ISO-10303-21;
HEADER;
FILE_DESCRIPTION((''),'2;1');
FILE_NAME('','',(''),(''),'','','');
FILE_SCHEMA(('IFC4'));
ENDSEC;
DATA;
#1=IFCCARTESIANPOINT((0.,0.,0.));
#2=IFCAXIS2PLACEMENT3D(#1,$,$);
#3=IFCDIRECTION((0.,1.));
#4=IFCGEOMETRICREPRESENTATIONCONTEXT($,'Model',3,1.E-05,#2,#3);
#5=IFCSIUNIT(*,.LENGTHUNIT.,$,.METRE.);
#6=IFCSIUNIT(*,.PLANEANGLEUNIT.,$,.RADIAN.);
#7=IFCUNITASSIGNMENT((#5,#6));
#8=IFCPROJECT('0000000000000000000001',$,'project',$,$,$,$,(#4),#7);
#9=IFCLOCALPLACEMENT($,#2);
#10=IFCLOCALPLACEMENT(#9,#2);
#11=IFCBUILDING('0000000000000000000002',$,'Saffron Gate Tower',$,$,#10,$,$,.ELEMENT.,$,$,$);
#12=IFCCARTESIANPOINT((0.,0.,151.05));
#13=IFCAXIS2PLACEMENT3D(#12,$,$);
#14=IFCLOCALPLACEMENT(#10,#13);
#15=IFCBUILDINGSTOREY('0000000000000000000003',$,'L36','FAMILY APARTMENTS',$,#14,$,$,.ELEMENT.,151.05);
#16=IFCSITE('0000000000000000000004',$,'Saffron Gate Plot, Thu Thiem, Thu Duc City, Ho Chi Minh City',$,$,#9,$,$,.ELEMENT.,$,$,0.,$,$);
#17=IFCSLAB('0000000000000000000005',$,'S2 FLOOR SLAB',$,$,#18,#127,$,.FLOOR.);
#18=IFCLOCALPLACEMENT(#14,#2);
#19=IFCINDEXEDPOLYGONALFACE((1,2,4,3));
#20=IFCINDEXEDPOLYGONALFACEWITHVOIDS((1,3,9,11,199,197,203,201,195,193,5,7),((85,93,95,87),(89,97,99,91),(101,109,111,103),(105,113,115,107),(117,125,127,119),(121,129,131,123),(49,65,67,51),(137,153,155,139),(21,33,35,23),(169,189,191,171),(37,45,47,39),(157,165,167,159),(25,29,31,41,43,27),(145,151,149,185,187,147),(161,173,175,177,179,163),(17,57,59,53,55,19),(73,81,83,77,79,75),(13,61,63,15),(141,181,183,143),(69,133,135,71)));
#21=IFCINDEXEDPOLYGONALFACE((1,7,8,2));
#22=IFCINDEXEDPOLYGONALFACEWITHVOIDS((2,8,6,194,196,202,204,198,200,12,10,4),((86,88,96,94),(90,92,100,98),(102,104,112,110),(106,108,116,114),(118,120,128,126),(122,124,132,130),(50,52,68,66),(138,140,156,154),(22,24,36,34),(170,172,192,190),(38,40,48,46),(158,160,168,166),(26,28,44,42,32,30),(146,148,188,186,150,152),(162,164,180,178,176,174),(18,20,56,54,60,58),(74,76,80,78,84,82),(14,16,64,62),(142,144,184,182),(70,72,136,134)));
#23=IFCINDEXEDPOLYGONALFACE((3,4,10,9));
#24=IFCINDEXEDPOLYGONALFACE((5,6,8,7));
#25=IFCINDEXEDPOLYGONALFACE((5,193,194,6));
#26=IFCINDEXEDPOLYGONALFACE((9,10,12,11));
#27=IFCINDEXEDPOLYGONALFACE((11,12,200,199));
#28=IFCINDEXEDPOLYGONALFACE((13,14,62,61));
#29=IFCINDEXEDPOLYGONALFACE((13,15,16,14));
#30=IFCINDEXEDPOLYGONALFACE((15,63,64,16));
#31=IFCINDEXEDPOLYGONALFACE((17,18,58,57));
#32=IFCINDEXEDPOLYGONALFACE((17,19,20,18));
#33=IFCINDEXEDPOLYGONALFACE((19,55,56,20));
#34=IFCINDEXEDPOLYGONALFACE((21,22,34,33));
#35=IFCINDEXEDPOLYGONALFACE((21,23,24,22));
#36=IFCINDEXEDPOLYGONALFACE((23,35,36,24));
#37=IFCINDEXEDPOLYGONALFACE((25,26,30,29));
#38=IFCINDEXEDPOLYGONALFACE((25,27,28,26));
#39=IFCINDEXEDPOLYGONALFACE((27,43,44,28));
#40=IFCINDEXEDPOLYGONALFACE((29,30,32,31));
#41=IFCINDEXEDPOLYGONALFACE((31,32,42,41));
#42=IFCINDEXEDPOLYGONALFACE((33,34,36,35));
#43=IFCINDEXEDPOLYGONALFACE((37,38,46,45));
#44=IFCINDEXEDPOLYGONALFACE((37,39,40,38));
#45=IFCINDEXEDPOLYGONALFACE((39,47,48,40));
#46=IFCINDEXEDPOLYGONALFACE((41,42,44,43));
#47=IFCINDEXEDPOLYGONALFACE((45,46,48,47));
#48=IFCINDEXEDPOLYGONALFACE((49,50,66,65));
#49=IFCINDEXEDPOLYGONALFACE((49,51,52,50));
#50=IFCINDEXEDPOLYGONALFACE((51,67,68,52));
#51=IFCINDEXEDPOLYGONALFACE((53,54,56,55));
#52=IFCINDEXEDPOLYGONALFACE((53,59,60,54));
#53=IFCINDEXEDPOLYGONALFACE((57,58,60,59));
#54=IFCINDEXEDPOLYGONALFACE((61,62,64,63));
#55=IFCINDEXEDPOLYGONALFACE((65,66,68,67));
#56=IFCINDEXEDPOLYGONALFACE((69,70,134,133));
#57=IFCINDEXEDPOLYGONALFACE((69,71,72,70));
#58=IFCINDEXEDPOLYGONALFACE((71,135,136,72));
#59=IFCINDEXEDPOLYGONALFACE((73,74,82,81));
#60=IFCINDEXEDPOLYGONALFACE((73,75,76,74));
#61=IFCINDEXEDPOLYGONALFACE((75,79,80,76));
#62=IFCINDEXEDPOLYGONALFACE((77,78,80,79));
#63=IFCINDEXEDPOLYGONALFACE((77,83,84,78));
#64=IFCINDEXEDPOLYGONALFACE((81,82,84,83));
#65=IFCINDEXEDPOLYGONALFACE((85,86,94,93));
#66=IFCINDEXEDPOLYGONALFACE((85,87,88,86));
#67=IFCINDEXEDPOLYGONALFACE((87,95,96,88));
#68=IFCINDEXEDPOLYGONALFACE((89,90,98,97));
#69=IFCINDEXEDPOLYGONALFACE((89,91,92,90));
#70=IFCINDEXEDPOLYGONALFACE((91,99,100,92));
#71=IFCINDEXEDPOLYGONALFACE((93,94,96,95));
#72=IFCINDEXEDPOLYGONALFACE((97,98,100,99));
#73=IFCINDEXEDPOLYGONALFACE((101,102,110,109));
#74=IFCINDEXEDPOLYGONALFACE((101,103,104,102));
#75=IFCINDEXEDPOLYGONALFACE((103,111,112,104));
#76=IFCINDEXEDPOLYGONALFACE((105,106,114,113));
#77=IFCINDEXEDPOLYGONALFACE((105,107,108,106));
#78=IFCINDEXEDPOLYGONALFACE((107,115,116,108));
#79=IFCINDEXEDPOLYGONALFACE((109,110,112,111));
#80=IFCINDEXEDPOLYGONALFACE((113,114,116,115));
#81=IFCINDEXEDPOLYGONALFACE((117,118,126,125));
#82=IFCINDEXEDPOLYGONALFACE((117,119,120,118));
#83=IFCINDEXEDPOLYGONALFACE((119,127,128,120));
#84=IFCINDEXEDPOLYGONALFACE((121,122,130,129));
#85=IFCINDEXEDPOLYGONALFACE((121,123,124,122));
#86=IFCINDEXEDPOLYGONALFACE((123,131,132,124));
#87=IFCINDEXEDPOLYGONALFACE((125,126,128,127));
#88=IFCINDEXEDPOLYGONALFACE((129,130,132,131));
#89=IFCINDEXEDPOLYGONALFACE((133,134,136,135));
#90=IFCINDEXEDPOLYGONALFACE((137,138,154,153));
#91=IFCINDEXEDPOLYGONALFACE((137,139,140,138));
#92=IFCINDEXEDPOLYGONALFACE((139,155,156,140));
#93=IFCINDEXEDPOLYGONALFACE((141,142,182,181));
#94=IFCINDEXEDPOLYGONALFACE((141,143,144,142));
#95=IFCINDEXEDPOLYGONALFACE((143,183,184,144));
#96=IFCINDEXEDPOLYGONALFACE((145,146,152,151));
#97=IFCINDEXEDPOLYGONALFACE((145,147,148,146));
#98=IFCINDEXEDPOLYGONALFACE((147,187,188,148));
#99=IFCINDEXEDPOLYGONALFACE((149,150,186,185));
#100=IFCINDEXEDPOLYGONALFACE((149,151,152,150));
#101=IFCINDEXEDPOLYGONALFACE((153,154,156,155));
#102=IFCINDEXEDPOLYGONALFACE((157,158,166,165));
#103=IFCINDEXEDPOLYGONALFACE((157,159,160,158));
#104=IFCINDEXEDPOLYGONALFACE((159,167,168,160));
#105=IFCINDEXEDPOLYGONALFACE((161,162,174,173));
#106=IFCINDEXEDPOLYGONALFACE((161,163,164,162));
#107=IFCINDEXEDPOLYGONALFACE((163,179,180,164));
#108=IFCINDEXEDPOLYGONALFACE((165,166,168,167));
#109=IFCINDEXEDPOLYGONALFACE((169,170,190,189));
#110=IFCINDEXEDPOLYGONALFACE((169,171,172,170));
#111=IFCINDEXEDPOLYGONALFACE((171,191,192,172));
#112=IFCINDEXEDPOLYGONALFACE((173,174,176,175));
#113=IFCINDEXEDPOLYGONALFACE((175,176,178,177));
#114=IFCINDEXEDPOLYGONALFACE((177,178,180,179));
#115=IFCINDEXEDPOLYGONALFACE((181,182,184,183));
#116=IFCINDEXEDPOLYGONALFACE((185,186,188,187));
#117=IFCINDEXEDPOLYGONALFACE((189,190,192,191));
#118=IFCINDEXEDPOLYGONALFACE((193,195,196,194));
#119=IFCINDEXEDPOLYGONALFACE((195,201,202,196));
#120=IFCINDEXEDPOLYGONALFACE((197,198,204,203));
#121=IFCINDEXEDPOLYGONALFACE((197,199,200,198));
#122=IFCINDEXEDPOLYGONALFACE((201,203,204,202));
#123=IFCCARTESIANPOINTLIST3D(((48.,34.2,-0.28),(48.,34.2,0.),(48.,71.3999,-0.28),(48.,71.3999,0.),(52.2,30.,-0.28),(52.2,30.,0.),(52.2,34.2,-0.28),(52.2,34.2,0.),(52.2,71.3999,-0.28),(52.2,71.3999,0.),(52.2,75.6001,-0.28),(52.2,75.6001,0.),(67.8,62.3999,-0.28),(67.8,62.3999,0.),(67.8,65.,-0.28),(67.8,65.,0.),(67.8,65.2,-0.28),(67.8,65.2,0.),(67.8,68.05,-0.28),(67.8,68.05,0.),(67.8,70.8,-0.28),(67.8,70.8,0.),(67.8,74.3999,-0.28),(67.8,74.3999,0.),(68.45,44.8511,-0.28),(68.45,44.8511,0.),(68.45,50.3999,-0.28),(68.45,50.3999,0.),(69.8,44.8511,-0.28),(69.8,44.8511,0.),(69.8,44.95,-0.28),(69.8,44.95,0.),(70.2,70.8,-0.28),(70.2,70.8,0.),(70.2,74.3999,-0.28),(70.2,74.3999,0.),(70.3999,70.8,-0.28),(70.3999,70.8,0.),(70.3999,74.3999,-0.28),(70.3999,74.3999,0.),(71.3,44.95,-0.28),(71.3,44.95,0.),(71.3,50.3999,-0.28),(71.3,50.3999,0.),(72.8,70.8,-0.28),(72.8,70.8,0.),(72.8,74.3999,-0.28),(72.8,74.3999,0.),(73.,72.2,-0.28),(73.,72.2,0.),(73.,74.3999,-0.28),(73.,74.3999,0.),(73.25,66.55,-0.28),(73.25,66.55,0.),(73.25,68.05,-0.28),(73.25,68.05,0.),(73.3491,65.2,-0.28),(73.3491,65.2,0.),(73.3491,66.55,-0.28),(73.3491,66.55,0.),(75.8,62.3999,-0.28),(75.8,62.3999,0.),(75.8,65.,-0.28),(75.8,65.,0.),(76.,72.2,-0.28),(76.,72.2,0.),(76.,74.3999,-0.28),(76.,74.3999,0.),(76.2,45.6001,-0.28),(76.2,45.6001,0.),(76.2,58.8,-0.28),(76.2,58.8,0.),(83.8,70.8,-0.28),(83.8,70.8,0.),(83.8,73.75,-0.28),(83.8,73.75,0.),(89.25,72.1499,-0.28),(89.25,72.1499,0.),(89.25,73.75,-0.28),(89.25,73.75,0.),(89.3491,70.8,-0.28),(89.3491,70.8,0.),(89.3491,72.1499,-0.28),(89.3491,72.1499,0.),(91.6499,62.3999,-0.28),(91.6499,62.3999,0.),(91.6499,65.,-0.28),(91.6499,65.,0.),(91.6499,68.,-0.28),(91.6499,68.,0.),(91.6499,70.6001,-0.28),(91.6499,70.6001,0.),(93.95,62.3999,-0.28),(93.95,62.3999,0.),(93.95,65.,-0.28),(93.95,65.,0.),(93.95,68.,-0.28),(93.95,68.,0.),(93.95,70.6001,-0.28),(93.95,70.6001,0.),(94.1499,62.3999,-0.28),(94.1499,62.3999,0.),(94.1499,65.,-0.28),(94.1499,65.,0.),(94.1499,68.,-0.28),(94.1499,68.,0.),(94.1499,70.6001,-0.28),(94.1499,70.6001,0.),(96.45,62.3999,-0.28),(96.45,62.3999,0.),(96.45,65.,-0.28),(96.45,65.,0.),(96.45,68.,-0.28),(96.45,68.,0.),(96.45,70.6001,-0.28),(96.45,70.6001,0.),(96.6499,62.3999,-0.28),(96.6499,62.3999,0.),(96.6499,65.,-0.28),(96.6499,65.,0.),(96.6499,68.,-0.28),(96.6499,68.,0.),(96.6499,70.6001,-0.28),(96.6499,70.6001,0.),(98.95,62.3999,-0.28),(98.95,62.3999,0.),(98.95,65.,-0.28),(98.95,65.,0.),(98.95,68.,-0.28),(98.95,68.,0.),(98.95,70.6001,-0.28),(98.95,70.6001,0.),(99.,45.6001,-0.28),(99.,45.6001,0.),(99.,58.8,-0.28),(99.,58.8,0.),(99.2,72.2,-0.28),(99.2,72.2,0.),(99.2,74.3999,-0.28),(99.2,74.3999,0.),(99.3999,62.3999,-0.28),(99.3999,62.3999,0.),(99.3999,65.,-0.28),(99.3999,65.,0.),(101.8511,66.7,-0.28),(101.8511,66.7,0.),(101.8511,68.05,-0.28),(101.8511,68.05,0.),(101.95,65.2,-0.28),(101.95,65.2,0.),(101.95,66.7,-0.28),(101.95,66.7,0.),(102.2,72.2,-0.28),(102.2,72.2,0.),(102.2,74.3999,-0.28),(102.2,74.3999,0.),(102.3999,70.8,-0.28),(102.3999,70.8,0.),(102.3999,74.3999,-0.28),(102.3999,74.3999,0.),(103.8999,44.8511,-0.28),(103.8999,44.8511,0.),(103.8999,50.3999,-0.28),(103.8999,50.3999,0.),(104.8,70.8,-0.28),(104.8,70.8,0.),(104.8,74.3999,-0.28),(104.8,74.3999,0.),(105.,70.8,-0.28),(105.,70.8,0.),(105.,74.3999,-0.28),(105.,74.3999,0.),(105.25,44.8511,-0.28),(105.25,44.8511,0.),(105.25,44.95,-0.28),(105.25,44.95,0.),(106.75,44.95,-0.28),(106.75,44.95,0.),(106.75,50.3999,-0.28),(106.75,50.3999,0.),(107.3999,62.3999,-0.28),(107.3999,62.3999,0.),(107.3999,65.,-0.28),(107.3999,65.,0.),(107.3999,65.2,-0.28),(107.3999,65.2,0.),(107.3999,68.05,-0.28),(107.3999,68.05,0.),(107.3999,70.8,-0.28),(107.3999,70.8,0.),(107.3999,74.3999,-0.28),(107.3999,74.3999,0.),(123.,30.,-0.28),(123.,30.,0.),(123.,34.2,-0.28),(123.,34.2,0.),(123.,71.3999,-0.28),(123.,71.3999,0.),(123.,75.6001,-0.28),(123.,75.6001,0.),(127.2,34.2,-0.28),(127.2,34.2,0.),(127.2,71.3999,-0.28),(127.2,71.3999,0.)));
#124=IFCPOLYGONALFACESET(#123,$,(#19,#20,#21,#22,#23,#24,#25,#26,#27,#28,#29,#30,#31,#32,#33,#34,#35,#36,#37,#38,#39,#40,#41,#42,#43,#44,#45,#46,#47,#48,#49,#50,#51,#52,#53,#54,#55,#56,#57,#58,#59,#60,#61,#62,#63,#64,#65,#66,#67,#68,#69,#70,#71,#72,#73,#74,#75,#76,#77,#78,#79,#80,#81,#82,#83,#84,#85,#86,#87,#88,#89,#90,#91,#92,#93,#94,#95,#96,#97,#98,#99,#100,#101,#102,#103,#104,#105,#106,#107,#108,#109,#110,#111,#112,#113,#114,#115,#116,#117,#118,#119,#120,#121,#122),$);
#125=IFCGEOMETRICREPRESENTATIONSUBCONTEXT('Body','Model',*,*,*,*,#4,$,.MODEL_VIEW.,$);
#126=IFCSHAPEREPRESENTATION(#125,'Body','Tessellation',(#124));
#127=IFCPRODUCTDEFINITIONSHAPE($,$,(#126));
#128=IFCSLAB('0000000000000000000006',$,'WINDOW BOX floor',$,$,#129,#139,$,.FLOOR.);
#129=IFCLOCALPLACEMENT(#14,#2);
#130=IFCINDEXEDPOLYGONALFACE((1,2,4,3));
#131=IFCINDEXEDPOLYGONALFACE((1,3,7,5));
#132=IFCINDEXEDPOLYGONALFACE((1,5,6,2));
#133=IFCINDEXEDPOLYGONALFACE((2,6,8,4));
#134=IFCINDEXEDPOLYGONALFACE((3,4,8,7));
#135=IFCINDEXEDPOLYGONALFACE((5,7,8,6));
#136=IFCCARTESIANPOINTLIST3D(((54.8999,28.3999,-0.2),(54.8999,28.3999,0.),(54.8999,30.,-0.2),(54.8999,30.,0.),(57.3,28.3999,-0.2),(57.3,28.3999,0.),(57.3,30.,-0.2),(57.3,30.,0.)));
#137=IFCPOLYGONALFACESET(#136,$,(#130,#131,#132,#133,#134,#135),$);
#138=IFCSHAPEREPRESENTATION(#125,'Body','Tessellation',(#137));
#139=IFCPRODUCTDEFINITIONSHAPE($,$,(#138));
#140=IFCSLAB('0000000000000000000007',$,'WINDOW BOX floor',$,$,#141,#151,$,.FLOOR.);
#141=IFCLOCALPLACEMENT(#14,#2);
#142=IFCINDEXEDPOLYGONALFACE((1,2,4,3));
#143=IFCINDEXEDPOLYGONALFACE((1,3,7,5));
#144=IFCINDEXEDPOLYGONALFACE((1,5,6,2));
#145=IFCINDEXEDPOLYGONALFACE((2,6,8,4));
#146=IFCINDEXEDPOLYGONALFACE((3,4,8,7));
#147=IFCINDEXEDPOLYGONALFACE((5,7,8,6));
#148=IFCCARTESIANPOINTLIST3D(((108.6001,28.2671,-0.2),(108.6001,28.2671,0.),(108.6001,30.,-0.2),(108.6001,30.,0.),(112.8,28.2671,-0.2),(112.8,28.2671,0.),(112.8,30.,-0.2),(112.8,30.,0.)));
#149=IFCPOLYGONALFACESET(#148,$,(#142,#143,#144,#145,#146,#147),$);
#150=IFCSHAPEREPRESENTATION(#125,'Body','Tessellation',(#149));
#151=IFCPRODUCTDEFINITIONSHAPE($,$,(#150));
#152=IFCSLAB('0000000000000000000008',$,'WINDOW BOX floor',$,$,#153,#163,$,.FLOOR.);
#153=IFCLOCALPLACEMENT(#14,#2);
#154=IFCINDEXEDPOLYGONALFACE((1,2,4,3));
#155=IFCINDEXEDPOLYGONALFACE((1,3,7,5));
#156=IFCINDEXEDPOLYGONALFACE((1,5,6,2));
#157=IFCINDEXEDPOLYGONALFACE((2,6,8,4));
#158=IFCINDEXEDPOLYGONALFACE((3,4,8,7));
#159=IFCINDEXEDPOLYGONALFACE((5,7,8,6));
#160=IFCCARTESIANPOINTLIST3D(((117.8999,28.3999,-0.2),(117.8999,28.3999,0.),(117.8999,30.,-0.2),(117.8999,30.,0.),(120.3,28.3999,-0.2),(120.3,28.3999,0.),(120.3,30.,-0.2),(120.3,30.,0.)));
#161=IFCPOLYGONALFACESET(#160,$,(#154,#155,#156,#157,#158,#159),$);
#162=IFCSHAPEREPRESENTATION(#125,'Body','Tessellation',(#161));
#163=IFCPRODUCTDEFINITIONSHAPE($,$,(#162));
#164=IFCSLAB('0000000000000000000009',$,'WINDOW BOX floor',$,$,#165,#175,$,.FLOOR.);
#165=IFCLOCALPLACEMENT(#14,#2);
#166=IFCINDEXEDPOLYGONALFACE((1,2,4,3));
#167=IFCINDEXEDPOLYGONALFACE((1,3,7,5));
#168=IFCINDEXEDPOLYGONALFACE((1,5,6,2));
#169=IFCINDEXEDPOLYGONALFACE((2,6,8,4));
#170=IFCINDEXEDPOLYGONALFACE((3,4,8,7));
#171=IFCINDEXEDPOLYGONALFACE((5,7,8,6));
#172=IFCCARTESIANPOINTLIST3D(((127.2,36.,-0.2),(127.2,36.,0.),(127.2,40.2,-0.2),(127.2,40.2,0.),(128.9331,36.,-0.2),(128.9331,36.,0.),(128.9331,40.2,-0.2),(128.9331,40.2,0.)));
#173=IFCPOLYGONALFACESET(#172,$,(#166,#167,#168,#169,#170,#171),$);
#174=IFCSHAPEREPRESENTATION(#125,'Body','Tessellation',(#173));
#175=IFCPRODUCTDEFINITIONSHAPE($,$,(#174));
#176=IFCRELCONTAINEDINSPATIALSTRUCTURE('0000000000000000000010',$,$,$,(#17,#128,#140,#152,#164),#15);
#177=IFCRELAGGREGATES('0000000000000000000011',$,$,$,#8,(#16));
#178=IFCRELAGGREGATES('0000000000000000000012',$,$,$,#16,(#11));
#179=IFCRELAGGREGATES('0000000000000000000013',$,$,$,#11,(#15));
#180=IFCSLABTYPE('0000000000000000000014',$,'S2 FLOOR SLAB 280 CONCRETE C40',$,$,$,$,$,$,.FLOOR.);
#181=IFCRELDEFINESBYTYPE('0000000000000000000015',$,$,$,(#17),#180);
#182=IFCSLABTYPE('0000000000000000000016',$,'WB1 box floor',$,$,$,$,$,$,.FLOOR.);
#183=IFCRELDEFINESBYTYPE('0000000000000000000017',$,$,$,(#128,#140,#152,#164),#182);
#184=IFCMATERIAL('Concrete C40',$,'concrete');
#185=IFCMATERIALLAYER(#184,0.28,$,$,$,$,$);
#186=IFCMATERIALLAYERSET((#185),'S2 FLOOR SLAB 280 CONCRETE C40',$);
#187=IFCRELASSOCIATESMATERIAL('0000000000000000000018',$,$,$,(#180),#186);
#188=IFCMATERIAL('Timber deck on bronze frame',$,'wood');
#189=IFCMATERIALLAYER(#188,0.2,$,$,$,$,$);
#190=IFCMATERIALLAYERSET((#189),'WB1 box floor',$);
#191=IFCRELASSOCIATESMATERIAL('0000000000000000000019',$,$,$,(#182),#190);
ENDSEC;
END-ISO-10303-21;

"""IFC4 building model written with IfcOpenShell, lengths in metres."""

from ifc_helpers import new_model, si_unit, direction, frame, origin, place, context, subcontext, project, spatial, polyline, outline, extrude, material, layer, layer_set, type_object, element, save


model = new_model("IFC4")

# Units and contexts
model_context = context("Model", 3, precision=1e-05, world=origin(), true_north=direction((0.0, 1.0)))
body_context = subcontext(model_context, "Body", "Model", "MODEL_VIEW")
ifc_project = project(units=[si_unit("LENGTHUNIT", "METRE"), si_unit("PLANEANGLEUNIT", "RADIAN")], contexts=[model_context])

# Site, building, storey
site_placement = place(None, origin())
site = spatial("IfcSite", under=ifc_project, at=site_placement, Name="Saffron Gate Plot, Thu Thiem, Thu Duc City, Ho Chi Minh City", CompositionType="ELEMENT", RefElevation=0.0)
building_placement = place(site_placement, origin())
building = spatial("IfcBuilding", under=site, at=building_placement, Name="Saffron Gate Tower", CompositionType="ELEMENT")
storey_placement = place(building_placement, frame((0.0, 0.0, 151.05)))
storey = spatial("IfcBuildingStorey", under=building, at=storey_placement, Name="L36", Description="FAMILY APARTMENTS", CompositionType="ELEMENT", Elevation=151.05)

# Slabs
ifc_material_1 = material(Name="Concrete C40", Category="concrete")
ifc_layer_1 = layer(ifc_material_1, 0.28)
ifc_layer_set_1 = layer_set([ifc_layer_1], Name="S2 FLOOR SLAB 280 CONCRETE C40")
slab_type_1 = type_object("IfcSlabType", Name="S2 FLOOR SLAB 280 CONCRETE C40", PredefinedType="FLOOR", material=ifc_layer_set_1)
slab_1_placement = place(storey_placement, frame((0.0, 0.0, -0.28)))
element("IfcSlab", 1, at=slab_1_placement, inside=storey, type_object=slab_type_1, Name="S2 FLOOR SLAB", PredefinedType="FLOOR", context=body_context, shape_type="SweptSolid", body=[
    extrude(outline(polyline([(48.0, 34.2), (52.2, 34.2), (52.2, 30.0), (123.0, 30.0), (123.0, 34.2), (127.2, 34.2), (127.2, 71.3999), (123.0, 71.3999), (123.0, 75.6001), (52.2, 75.6001), (52.2, 71.3999), (48.0, 71.3999), (48.0, 34.2)]), holes=[polyline([(67.8, 62.3999), (67.8, 65.0), (75.8, 65.0), (75.8, 62.3999), (67.8, 62.3999)]), polyline([(67.8, 65.2), (67.8, 68.05), (73.25, 68.05), (73.25, 66.55), (73.3491, 66.55), (73.3491, 65.2), (67.8, 65.2)]), polyline([(67.8, 70.8), (67.8, 74.3999), (70.2, 74.3999), (70.2, 70.8), (67.8, 70.8)]), polyline([(68.45, 44.8511), (68.45, 50.3999), (71.3, 50.3999), (71.3, 44.95), (69.8, 44.95), (69.8, 44.8511), (68.45, 44.8511)]), polyline([(70.3999, 70.8), (70.3999, 74.3999), (72.8, 74.3999), (72.8, 70.8), (70.3999, 70.8)]), polyline([(73.0, 72.2), (73.0, 74.3999), (76.0, 74.3999), (76.0, 72.2), (73.0, 72.2)]), polyline([(76.2, 45.6001), (76.2, 58.8), (99.0, 58.8), (99.0, 45.6001), (76.2, 45.6001)]), polyline([(83.8, 70.8), (83.8, 73.75), (89.25, 73.75), (89.25, 72.1499), (89.3491, 72.1499), (89.3491, 70.8), (83.8, 70.8)]), polyline([(91.6499, 62.3999), (91.6499, 65.0), (93.95, 65.0), (93.95, 62.3999), (91.6499, 62.3999)]), polyline([(91.6499, 68.0), (91.6499, 70.6001), (93.95, 70.6001), (93.95, 68.0), (91.6499, 68.0)]), polyline([(94.1499, 62.3999), (94.1499, 65.0), (96.45, 65.0), (96.45, 62.3999), (94.1499, 62.3999)]), polyline([(94.1499, 68.0), (94.1499, 70.6001), (96.45, 70.6001), (96.45, 68.0), (94.1499, 68.0)]), polyline([(96.6499, 62.3999), (96.6499, 65.0), (98.95, 65.0), (98.95, 62.3999), (96.6499, 62.3999)]), polyline([(96.6499, 68.0), (96.6499, 70.6001), (98.95, 70.6001), (98.95, 68.0), (96.6499, 68.0)]), polyline([(99.2, 72.2), (99.2, 74.3999), (102.2, 74.3999), (102.2, 72.2), (99.2, 72.2)]), polyline([(99.3999, 62.3999), (99.3999, 65.0), (107.3999, 65.0), (107.3999, 62.3999), (99.3999, 62.3999)]), polyline([(101.8511, 66.7), (101.8511, 68.05), (107.3999, 68.05), (107.3999, 65.2), (101.95, 65.2), (101.95, 66.7), (101.8511, 66.7)]), polyline([(102.3999, 70.8), (102.3999, 74.3999), (104.8, 74.3999), (104.8, 70.8), (102.3999, 70.8)]), polyline([(103.8999, 44.8511), (103.8999, 50.3999), (106.75, 50.3999), (106.75, 44.95), (105.25, 44.95), (105.25, 44.8511), (103.8999, 44.8511)]), polyline([(105.0, 70.8), (105.0, 74.3999), (107.3999, 74.3999), (107.3999, 70.8), (105.0, 70.8)])]), origin(), (0.0, 0.0, 1.0), 0.28),
])
ifc_material_2 = material(Name="Timber deck on bronze frame", Category="wood")
ifc_layer_2 = layer(ifc_material_2, 0.2)
ifc_layer_set_2 = layer_set([ifc_layer_2], Name="WB1 box floor")
slab_type_2 = type_object("IfcSlabType", Name="WB1 box floor", PredefinedType="FLOOR", material=ifc_layer_set_2)
slab_2_placement = place(storey_placement, frame((0.0, 0.0, -0.2)))
element("IfcSlab", 2, at=slab_2_placement, inside=storey, type_object=slab_type_2, Name="WINDOW BOX floor", PredefinedType="FLOOR", context=body_context, shape_type="SweptSolid", body=[
    extrude(outline(polyline([(54.8999, 30.0), (57.3, 30.0), (57.3, 28.3999), (54.8999, 28.3999), (54.8999, 30.0)])), origin(), (0.0, 0.0, 1.0), 0.2),
])
slab_3_placement = place(storey_placement, frame((0.0, 0.0, -0.2)))
element("IfcSlab", 3, at=slab_3_placement, inside=storey, type_object=slab_type_2, Name="WINDOW BOX floor", PredefinedType="FLOOR", context=body_context, shape_type="SweptSolid", body=[
    extrude(outline(polyline([(108.6001, 30.0), (112.8, 30.0), (112.8, 28.2671), (108.6001, 28.2671), (108.6001, 30.0)])), origin(), (0.0, 0.0, 1.0), 0.2),
])
slab_4_placement = place(storey_placement, frame((0.0, 0.0, -0.2)))
element("IfcSlab", 4, at=slab_4_placement, inside=storey, type_object=slab_type_2, Name="WINDOW BOX floor", PredefinedType="FLOOR", context=body_context, shape_type="SweptSolid", body=[
    extrude(outline(polyline([(117.8999, 30.0), (120.3, 30.0), (120.3, 28.3999), (117.8999, 28.3999), (117.8999, 30.0)])), origin(), (0.0, 0.0, 1.0), 0.2),
])
slab_5_placement = place(storey_placement, frame((0.0, 0.0, -0.2)))
element("IfcSlab", 5, at=slab_5_placement, inside=storey, type_object=slab_type_2, Name="WINDOW BOX floor", PredefinedType="FLOOR", context=body_context, shape_type="SweptSolid", body=[
    extrude(outline(polyline([(127.2, 36.0), (127.2, 40.2), (128.9331, 40.2), (128.9331, 36.0), (127.2, 36.0)])), origin(), (0.0, 0.0, 1.0), 0.2),
])

save(model, "model.ifc")
